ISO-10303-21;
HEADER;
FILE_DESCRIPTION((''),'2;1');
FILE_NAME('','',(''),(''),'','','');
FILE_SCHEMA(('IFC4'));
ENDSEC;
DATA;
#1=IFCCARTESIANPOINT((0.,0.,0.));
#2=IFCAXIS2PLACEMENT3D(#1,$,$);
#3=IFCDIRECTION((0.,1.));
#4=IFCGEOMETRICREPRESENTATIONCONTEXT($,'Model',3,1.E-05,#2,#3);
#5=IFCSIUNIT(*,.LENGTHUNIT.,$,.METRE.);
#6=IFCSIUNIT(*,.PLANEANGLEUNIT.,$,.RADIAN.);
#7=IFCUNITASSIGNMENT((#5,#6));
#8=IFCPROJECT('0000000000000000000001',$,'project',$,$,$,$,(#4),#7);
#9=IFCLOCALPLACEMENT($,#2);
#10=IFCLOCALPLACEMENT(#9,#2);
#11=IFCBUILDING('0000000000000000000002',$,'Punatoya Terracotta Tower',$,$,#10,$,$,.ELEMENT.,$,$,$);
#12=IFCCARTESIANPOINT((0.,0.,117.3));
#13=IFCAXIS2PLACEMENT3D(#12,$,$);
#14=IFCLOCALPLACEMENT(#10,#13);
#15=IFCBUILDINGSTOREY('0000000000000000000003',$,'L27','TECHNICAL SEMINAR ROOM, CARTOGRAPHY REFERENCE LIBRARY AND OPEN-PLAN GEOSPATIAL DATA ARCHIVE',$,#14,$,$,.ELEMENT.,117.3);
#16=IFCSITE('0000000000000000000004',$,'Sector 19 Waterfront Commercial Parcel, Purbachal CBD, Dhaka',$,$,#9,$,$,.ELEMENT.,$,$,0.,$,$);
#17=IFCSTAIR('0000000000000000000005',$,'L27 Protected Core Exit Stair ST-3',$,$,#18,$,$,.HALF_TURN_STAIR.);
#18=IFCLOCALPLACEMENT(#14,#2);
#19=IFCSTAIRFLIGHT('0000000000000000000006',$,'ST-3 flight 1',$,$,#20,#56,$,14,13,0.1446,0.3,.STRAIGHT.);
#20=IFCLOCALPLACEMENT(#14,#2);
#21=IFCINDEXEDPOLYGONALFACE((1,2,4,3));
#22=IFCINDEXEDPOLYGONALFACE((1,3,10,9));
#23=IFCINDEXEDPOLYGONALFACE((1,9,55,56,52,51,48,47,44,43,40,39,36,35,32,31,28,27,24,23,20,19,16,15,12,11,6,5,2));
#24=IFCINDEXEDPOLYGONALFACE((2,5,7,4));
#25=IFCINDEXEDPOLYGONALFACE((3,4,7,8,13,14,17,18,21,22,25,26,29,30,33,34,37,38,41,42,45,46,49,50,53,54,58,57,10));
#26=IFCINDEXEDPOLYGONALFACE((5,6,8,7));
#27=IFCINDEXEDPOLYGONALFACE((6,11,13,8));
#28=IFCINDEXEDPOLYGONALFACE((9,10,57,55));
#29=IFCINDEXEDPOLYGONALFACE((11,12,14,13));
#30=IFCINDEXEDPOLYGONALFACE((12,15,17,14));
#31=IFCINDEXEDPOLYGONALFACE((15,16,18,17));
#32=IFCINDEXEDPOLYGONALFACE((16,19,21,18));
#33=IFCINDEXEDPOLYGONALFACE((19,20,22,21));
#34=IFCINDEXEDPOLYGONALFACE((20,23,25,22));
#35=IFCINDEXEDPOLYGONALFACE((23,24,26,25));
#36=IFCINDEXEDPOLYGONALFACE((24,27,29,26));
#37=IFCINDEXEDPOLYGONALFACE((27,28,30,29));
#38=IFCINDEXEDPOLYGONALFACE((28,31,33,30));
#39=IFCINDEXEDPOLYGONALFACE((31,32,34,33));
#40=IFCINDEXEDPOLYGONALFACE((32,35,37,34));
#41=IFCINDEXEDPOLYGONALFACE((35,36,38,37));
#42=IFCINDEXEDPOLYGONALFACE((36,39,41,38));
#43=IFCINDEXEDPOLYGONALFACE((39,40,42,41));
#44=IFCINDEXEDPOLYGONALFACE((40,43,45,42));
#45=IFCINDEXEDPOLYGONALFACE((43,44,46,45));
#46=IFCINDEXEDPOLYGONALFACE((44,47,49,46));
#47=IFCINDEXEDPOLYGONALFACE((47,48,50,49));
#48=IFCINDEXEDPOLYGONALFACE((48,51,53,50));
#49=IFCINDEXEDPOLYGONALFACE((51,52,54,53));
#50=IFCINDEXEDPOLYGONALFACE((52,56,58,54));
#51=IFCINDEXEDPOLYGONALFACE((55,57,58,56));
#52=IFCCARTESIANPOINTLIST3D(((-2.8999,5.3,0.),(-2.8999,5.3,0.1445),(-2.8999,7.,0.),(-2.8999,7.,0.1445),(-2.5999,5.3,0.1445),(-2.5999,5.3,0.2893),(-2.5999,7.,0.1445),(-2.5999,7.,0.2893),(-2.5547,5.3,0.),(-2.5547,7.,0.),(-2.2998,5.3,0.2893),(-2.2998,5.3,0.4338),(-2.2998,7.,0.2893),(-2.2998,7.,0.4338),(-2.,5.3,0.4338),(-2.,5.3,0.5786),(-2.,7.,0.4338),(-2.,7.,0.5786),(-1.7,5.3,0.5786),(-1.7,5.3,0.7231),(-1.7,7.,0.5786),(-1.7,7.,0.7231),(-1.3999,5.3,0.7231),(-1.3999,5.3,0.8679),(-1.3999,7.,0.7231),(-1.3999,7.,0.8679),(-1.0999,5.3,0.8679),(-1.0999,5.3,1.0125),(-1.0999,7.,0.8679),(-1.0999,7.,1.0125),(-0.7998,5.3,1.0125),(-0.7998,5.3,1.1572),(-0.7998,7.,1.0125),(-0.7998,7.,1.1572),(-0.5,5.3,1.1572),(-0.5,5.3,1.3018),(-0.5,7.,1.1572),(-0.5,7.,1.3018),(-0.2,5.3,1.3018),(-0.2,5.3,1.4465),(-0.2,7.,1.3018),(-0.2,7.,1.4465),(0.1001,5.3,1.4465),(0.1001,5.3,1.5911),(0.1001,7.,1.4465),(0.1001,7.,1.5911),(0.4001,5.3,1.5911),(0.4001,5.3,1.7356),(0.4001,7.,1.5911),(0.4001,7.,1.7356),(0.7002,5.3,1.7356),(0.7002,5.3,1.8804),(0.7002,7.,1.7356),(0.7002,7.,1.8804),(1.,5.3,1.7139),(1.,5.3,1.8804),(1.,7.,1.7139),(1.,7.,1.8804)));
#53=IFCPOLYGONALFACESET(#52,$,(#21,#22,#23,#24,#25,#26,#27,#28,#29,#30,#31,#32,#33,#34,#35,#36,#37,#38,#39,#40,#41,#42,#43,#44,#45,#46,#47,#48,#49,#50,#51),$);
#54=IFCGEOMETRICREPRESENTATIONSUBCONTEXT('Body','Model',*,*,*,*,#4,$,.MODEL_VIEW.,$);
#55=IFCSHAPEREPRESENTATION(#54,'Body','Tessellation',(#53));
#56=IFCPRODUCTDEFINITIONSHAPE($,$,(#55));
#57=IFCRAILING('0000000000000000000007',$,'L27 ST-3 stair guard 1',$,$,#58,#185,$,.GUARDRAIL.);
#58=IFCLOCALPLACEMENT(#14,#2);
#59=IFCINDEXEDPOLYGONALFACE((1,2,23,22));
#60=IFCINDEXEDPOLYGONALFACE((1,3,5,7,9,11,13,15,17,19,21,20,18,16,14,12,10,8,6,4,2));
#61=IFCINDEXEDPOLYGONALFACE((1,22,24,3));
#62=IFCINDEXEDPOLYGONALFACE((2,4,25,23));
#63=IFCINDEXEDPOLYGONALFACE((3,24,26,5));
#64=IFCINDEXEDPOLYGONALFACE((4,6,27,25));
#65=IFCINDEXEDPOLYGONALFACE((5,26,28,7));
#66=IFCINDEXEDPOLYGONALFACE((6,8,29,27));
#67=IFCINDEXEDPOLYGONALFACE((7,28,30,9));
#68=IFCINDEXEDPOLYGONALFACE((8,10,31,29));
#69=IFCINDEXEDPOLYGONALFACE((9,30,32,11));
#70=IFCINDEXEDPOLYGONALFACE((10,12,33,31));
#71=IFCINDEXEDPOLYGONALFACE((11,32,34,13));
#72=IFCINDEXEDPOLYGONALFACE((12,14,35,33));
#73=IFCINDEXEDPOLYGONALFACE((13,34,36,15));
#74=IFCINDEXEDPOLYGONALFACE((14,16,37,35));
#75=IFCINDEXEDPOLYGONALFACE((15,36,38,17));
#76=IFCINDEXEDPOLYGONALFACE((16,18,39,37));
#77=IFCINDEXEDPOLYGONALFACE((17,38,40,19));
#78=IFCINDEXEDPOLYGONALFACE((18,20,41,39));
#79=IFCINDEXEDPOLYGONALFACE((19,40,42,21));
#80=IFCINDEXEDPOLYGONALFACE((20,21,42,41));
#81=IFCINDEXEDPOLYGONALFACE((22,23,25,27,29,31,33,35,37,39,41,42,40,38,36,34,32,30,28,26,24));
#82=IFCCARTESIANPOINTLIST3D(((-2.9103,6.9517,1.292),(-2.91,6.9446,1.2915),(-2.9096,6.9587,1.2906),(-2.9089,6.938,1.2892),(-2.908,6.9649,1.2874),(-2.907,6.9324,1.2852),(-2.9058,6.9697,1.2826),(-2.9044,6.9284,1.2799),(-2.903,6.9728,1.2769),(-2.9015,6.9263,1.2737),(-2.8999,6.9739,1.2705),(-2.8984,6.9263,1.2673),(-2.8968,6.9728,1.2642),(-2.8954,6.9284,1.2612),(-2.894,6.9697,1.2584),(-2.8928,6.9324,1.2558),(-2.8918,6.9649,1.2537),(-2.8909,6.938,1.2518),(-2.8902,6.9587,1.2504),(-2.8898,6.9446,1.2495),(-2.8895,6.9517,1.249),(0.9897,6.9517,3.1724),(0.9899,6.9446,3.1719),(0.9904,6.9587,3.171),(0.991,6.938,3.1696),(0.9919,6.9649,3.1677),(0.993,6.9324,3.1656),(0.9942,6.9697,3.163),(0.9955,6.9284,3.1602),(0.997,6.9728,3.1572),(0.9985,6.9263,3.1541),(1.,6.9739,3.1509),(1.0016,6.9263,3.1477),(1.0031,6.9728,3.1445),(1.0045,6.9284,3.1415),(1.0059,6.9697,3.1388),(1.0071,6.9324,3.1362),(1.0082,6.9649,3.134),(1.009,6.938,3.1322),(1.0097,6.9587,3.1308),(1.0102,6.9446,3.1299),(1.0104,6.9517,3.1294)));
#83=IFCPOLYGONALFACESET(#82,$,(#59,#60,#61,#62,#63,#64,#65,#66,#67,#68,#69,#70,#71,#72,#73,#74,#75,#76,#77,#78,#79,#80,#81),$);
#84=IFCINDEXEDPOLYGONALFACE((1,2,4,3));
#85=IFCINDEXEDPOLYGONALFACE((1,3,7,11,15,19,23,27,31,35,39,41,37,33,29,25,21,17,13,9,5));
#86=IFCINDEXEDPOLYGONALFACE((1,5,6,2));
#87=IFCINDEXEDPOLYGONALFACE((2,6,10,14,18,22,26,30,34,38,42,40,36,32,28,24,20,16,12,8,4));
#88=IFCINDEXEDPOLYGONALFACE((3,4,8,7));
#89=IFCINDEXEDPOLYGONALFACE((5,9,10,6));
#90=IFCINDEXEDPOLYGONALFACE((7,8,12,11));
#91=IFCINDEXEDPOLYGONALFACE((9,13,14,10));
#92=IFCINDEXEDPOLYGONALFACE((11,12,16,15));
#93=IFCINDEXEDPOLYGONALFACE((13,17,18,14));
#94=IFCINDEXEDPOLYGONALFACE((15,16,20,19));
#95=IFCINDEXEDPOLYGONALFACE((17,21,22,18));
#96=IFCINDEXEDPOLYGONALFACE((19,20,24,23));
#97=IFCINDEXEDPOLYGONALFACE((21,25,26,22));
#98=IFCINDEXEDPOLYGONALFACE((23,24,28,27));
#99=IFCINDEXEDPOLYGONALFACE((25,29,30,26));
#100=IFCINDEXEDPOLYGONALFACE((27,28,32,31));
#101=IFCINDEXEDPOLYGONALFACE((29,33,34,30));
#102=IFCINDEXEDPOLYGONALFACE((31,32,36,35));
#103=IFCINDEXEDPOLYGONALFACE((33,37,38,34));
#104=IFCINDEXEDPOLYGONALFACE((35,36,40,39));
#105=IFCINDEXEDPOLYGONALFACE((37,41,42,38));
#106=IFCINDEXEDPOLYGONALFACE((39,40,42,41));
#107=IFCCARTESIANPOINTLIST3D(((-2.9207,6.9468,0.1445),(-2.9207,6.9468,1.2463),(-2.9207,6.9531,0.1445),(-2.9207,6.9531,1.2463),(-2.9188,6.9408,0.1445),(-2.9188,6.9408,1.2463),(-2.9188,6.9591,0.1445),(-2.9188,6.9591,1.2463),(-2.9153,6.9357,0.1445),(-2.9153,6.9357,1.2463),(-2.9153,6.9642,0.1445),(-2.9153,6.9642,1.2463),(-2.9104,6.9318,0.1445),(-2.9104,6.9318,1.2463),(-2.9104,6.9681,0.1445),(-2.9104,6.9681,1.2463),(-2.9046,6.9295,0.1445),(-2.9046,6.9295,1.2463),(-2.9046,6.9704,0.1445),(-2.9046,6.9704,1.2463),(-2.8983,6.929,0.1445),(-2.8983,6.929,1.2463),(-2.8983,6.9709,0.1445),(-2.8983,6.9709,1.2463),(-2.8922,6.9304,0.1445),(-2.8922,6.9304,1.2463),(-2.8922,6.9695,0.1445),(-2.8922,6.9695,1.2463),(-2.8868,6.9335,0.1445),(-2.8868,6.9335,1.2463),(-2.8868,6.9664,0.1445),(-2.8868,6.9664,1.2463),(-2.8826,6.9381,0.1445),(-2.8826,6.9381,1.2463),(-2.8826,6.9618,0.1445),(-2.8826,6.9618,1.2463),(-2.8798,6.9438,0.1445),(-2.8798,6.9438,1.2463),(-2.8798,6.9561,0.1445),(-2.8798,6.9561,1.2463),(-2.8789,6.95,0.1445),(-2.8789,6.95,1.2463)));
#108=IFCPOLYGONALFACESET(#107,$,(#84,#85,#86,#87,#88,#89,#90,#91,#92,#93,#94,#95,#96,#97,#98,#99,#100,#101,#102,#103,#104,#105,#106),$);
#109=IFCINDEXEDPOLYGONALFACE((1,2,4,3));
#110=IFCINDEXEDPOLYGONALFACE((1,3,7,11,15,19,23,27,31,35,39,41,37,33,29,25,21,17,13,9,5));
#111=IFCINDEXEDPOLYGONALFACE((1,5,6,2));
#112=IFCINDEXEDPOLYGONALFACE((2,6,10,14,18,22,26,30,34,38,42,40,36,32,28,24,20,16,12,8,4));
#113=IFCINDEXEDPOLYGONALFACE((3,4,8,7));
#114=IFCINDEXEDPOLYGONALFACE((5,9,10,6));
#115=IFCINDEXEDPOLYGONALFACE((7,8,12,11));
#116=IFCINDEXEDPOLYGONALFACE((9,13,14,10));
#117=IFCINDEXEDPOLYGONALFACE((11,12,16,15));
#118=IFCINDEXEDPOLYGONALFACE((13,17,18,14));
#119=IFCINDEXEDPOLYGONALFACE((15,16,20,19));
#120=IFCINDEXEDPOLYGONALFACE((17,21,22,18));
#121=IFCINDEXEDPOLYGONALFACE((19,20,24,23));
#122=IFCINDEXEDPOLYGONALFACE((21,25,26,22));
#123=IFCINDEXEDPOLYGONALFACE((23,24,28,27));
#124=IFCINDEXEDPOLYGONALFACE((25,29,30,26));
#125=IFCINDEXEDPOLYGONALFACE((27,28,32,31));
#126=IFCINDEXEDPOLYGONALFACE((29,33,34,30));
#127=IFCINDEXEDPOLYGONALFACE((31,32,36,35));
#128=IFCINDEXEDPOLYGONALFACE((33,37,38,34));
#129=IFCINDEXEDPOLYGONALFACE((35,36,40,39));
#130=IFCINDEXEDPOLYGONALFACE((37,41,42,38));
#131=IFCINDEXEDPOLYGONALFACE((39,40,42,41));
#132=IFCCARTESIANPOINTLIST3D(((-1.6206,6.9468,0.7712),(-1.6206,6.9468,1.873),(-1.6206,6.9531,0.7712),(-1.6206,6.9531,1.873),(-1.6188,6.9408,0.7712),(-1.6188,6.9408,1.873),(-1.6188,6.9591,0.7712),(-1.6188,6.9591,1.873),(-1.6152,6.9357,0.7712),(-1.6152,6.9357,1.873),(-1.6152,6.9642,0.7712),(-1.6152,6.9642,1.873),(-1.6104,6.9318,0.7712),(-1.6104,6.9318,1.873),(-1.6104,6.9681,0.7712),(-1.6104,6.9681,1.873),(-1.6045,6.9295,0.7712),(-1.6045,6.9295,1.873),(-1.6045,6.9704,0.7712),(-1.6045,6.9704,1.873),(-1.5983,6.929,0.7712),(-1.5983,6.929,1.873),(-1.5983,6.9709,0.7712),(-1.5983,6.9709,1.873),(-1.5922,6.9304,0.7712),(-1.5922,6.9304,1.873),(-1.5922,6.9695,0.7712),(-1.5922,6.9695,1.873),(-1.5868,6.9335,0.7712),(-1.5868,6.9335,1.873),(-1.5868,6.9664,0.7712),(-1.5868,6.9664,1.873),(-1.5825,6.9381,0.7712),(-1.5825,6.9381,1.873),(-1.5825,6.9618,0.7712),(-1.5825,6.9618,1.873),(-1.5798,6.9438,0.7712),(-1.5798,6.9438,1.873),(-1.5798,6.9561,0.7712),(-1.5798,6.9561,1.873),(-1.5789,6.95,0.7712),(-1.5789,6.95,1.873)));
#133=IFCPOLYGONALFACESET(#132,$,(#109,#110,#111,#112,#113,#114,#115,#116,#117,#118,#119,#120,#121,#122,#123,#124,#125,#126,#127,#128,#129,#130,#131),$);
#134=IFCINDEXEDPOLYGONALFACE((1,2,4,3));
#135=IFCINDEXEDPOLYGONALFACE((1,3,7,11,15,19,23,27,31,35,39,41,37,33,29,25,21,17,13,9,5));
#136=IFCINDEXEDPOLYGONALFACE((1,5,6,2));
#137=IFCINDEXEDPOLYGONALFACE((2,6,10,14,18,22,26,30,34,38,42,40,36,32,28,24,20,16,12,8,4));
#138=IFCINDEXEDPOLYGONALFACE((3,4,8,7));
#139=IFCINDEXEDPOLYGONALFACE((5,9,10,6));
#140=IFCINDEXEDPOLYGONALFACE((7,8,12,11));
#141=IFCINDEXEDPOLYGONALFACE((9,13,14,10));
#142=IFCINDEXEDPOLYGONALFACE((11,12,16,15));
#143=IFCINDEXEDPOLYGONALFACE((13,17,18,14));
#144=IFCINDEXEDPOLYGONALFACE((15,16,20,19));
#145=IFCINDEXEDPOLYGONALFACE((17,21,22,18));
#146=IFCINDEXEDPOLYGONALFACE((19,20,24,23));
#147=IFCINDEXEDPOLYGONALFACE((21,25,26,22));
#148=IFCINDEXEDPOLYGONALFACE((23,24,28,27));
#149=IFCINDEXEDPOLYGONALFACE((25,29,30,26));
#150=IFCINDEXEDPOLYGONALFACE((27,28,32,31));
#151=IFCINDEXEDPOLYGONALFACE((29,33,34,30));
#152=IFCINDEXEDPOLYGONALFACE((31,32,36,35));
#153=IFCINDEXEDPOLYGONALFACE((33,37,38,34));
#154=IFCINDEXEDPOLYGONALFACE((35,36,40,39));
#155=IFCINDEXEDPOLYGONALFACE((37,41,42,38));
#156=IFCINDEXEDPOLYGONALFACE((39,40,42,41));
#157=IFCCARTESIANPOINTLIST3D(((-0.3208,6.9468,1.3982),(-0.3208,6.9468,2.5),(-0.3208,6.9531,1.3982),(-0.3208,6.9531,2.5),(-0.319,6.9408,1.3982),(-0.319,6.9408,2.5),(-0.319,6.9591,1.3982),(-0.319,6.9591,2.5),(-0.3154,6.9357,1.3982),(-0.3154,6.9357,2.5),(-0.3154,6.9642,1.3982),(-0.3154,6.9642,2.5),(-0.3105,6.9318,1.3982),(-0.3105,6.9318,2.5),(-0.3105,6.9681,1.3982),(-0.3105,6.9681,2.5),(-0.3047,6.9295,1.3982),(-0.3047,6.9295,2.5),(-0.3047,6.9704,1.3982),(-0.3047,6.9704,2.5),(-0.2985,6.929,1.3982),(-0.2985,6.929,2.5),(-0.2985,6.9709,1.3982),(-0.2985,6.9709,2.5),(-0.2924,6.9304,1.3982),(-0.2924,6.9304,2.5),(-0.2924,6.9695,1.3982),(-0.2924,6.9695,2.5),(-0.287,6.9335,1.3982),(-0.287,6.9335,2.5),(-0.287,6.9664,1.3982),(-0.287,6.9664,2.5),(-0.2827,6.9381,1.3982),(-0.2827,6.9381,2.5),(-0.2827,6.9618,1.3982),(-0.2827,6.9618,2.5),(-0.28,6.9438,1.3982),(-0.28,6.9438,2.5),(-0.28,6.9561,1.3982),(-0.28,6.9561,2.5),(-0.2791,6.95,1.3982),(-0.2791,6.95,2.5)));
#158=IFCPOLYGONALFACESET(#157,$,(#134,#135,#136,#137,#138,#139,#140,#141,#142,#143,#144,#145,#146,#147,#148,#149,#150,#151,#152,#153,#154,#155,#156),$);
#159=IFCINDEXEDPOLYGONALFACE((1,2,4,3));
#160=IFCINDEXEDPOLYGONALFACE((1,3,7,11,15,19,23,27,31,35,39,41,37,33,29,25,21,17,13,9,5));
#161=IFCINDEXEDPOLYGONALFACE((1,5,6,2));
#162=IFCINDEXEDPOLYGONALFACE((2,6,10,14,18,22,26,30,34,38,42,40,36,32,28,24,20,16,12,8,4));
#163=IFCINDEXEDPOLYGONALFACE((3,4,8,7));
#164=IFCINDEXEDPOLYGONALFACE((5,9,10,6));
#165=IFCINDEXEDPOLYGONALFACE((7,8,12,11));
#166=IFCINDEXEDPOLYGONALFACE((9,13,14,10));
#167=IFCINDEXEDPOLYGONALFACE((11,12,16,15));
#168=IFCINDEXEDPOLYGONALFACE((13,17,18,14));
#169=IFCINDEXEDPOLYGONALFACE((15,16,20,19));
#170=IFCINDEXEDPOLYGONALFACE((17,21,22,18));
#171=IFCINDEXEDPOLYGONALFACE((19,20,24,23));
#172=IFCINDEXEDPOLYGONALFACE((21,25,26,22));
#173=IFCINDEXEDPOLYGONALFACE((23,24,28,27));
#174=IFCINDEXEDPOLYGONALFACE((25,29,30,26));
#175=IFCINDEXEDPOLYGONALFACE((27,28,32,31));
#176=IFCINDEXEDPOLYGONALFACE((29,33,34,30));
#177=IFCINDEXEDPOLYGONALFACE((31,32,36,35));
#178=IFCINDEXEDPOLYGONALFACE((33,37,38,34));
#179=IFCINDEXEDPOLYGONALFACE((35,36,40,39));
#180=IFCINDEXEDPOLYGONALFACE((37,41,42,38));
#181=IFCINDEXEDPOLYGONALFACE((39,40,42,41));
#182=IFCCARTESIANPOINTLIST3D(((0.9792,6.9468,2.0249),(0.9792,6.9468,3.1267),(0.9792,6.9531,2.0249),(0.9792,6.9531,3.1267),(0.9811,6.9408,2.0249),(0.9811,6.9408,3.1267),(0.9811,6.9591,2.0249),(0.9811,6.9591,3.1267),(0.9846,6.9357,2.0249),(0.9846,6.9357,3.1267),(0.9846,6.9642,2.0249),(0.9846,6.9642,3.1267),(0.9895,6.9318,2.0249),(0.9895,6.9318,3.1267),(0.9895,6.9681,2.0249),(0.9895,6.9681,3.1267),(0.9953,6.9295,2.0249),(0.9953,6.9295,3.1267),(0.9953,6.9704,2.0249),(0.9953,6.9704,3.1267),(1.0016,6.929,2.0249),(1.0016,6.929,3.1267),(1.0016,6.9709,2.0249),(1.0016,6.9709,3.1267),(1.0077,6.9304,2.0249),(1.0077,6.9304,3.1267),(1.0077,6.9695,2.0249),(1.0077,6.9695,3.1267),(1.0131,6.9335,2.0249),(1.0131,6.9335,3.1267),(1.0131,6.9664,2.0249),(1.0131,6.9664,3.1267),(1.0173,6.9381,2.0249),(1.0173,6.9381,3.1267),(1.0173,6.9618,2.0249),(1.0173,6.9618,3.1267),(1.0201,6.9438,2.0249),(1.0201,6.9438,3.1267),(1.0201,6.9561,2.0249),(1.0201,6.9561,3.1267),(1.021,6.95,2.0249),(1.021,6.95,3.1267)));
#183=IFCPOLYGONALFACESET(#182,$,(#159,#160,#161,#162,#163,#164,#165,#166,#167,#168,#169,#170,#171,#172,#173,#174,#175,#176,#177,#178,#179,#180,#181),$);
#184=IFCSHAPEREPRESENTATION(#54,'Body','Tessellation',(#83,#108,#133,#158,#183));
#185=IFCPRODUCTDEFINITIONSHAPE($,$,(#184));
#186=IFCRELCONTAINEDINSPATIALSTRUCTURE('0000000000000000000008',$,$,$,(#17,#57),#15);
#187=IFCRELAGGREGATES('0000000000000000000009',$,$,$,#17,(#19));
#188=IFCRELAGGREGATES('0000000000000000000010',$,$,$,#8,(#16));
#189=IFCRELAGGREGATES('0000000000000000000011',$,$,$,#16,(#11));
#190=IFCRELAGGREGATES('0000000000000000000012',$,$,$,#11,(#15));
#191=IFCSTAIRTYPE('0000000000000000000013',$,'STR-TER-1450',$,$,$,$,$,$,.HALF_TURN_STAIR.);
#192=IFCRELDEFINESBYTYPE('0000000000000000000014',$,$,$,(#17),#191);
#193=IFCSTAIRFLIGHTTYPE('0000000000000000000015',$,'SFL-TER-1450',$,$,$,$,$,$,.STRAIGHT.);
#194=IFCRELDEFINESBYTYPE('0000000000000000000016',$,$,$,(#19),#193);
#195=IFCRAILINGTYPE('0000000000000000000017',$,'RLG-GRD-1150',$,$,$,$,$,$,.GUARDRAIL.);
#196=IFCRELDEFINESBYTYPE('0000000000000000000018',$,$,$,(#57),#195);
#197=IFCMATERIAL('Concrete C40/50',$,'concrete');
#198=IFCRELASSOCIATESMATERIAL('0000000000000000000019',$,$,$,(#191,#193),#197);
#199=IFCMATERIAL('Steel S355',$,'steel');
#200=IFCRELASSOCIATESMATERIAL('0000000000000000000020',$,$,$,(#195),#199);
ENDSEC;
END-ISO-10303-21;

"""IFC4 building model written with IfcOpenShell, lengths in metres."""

from ifc_helpers import new_model, si_unit, direction, frame, origin, origin_2d, place, context, subcontext, project, spatial, polyline, circle, outline, extrude, material, type_object, element, aggregate, save


model = new_model("IFC4")

# Units and contexts
model_context = context("Model", 3, precision=1e-05, world=origin(), true_north=direction((0.0, 1.0)))
body_context = subcontext(model_context, "Body", "Model", "MODEL_VIEW")
ifc_project = project(units=[si_unit("LENGTHUNIT", "METRE"), si_unit("PLANEANGLEUNIT", "RADIAN")], contexts=[model_context])

# Site, building, storey
site_placement = place(None, origin())
site = spatial("IfcSite", under=ifc_project, at=site_placement, Name="Sector 19 Waterfront Commercial Parcel, Purbachal CBD, Dhaka", CompositionType="ELEMENT", RefElevation=0.0)
building_placement = place(site_placement, origin())
building = spatial("IfcBuilding", under=site, at=building_placement, Name="Punatoya Terracotta Tower", CompositionType="ELEMENT")
storey_placement = place(building_placement, frame((0.0, 0.0, 117.3)))
storey = spatial("IfcBuildingStorey", under=building, at=storey_placement, Name="L27", Description="TECHNICAL SEMINAR ROOM, CARTOGRAPHY REFERENCE LIBRARY AND OPEN-PLAN GEOSPATIAL DATA ARCHIVE", CompositionType="ELEMENT", Elevation=117.3)

# Shared definitions
ifc_material_1 = material(Name="Steel S355", Category="steel")

# Shared definitions
ifc_material_2 = material(Name="Concrete C40/50", Category="concrete")

# Stair, stair flight
stair_type = type_object("IfcStairType", Name="STR-TER-1450", PredefinedType="HALF_TURN_STAIR", material=ifc_material_2)
stair_placement = place(storey_placement, origin())
stair = element("IfcStair", 1, at=stair_placement, inside=storey, type_object=stair_type, Name="L27 Protected Core Exit Stair ST-3", PredefinedType="HALF_TURN_STAIR")
stair_flight_type = type_object("IfcStairFlightType", Name="SFL-TER-1450", PredefinedType="STRAIGHT", material=ifc_material_2)
stair_flight_placement = place(storey_placement, frame((-2.8999, 6.1499, 0.0), z_axis=(0.0, 0.0, 1.0), x_axis=(1.0, 0.0, 0.0)))
stair_flight = element("IfcStairFlight", 2, at=stair_flight_placement, type_object=stair_flight_type, Name="ST-3 flight 1", NumberOfRisers=14, NumberOfTreads=13, PredefinedType="STRAIGHT", RiserHeight=0.1446, TreadLength=0.3, context=body_context, shape_type="SweptSolid", body=[
    extrude(outline(polyline([(0.0, 0.0), (0.0, 0.1445), (0.3, 0.1445), (0.3, 0.2893), (0.6001, 0.2893), (0.6001, 0.4338), (0.8999, 0.4338), (0.8999, 0.5786), (1.2, 0.5786), (1.2, 0.7231), (1.5, 0.7231), (1.5, 0.8679), (1.8, 0.8679), (1.8, 1.0125), (2.1001, 1.0125), (2.1001, 1.1572), (2.3999, 1.1572), (2.3999, 1.3018), (2.7, 1.3018), (2.7, 1.4465), (3.0, 1.4465), (3.0, 1.5911), (3.3, 1.5911), (3.3, 1.7356), (3.6001, 1.7356), (3.6001, 1.8804), (3.8999, 1.8804), (3.8999, 2.0249), (3.8999, 1.7139), (0.3452, 0.0), (0.0, 0.0)])), frame((0.0, 0.8501, 0.0), z_axis=(0.0, -1.0, 0.0), x_axis=(1.0, 0.0, 0.0)), (0.0, 0.0, 1.0), 1.7),
])
aggregate(stair, [stair_flight])

# Railing
railing_type_1 = type_object("IfcRailingType", Name="RLG-GRD-1150", PredefinedType="GUARDRAIL", material=ifc_material_1)
railing_1_placement = place(storey_placement, frame((-2.8999, 6.95, 0.1445)))
element("IfcRailing", 3, at=railing_1_placement, inside=storey, type_object=railing_type_1, Name="L27 ST-3 stair guard 1", PredefinedType="GUARDRAIL", context=body_context, shape_type="SweptSolid", body=[
    extrude(circle(Radius=0.0239, at=origin_2d()), frame((0.0, 0.0, 1.126), z_axis=(0.900763, 0.0, 0.434311), x_axis=(0.0, 1.0, 0.0)), (0.0, 0.0, 1.0), 4.3296),
    extrude(circle(Radius=0.021, at=origin_2d()), origin(), (0.0, 0.0, 1.0), 1.1018),
    extrude(circle(Radius=0.021, at=origin_2d()), frame((1.3, 0.0, 0.6267)), (0.0, 0.0, 1.0), 1.1018),
    extrude(circle(Radius=0.021, at=origin_2d()), frame((2.5999, 0.0, 1.2537)), (0.0, 0.0, 1.0), 1.1018),
    extrude(circle(Radius=0.021, at=origin_2d()), frame((3.8999, 0.0, 1.8804)), (0.0, 0.0, 1.0), 1.1018),
])

save(model, "model.ifc")
